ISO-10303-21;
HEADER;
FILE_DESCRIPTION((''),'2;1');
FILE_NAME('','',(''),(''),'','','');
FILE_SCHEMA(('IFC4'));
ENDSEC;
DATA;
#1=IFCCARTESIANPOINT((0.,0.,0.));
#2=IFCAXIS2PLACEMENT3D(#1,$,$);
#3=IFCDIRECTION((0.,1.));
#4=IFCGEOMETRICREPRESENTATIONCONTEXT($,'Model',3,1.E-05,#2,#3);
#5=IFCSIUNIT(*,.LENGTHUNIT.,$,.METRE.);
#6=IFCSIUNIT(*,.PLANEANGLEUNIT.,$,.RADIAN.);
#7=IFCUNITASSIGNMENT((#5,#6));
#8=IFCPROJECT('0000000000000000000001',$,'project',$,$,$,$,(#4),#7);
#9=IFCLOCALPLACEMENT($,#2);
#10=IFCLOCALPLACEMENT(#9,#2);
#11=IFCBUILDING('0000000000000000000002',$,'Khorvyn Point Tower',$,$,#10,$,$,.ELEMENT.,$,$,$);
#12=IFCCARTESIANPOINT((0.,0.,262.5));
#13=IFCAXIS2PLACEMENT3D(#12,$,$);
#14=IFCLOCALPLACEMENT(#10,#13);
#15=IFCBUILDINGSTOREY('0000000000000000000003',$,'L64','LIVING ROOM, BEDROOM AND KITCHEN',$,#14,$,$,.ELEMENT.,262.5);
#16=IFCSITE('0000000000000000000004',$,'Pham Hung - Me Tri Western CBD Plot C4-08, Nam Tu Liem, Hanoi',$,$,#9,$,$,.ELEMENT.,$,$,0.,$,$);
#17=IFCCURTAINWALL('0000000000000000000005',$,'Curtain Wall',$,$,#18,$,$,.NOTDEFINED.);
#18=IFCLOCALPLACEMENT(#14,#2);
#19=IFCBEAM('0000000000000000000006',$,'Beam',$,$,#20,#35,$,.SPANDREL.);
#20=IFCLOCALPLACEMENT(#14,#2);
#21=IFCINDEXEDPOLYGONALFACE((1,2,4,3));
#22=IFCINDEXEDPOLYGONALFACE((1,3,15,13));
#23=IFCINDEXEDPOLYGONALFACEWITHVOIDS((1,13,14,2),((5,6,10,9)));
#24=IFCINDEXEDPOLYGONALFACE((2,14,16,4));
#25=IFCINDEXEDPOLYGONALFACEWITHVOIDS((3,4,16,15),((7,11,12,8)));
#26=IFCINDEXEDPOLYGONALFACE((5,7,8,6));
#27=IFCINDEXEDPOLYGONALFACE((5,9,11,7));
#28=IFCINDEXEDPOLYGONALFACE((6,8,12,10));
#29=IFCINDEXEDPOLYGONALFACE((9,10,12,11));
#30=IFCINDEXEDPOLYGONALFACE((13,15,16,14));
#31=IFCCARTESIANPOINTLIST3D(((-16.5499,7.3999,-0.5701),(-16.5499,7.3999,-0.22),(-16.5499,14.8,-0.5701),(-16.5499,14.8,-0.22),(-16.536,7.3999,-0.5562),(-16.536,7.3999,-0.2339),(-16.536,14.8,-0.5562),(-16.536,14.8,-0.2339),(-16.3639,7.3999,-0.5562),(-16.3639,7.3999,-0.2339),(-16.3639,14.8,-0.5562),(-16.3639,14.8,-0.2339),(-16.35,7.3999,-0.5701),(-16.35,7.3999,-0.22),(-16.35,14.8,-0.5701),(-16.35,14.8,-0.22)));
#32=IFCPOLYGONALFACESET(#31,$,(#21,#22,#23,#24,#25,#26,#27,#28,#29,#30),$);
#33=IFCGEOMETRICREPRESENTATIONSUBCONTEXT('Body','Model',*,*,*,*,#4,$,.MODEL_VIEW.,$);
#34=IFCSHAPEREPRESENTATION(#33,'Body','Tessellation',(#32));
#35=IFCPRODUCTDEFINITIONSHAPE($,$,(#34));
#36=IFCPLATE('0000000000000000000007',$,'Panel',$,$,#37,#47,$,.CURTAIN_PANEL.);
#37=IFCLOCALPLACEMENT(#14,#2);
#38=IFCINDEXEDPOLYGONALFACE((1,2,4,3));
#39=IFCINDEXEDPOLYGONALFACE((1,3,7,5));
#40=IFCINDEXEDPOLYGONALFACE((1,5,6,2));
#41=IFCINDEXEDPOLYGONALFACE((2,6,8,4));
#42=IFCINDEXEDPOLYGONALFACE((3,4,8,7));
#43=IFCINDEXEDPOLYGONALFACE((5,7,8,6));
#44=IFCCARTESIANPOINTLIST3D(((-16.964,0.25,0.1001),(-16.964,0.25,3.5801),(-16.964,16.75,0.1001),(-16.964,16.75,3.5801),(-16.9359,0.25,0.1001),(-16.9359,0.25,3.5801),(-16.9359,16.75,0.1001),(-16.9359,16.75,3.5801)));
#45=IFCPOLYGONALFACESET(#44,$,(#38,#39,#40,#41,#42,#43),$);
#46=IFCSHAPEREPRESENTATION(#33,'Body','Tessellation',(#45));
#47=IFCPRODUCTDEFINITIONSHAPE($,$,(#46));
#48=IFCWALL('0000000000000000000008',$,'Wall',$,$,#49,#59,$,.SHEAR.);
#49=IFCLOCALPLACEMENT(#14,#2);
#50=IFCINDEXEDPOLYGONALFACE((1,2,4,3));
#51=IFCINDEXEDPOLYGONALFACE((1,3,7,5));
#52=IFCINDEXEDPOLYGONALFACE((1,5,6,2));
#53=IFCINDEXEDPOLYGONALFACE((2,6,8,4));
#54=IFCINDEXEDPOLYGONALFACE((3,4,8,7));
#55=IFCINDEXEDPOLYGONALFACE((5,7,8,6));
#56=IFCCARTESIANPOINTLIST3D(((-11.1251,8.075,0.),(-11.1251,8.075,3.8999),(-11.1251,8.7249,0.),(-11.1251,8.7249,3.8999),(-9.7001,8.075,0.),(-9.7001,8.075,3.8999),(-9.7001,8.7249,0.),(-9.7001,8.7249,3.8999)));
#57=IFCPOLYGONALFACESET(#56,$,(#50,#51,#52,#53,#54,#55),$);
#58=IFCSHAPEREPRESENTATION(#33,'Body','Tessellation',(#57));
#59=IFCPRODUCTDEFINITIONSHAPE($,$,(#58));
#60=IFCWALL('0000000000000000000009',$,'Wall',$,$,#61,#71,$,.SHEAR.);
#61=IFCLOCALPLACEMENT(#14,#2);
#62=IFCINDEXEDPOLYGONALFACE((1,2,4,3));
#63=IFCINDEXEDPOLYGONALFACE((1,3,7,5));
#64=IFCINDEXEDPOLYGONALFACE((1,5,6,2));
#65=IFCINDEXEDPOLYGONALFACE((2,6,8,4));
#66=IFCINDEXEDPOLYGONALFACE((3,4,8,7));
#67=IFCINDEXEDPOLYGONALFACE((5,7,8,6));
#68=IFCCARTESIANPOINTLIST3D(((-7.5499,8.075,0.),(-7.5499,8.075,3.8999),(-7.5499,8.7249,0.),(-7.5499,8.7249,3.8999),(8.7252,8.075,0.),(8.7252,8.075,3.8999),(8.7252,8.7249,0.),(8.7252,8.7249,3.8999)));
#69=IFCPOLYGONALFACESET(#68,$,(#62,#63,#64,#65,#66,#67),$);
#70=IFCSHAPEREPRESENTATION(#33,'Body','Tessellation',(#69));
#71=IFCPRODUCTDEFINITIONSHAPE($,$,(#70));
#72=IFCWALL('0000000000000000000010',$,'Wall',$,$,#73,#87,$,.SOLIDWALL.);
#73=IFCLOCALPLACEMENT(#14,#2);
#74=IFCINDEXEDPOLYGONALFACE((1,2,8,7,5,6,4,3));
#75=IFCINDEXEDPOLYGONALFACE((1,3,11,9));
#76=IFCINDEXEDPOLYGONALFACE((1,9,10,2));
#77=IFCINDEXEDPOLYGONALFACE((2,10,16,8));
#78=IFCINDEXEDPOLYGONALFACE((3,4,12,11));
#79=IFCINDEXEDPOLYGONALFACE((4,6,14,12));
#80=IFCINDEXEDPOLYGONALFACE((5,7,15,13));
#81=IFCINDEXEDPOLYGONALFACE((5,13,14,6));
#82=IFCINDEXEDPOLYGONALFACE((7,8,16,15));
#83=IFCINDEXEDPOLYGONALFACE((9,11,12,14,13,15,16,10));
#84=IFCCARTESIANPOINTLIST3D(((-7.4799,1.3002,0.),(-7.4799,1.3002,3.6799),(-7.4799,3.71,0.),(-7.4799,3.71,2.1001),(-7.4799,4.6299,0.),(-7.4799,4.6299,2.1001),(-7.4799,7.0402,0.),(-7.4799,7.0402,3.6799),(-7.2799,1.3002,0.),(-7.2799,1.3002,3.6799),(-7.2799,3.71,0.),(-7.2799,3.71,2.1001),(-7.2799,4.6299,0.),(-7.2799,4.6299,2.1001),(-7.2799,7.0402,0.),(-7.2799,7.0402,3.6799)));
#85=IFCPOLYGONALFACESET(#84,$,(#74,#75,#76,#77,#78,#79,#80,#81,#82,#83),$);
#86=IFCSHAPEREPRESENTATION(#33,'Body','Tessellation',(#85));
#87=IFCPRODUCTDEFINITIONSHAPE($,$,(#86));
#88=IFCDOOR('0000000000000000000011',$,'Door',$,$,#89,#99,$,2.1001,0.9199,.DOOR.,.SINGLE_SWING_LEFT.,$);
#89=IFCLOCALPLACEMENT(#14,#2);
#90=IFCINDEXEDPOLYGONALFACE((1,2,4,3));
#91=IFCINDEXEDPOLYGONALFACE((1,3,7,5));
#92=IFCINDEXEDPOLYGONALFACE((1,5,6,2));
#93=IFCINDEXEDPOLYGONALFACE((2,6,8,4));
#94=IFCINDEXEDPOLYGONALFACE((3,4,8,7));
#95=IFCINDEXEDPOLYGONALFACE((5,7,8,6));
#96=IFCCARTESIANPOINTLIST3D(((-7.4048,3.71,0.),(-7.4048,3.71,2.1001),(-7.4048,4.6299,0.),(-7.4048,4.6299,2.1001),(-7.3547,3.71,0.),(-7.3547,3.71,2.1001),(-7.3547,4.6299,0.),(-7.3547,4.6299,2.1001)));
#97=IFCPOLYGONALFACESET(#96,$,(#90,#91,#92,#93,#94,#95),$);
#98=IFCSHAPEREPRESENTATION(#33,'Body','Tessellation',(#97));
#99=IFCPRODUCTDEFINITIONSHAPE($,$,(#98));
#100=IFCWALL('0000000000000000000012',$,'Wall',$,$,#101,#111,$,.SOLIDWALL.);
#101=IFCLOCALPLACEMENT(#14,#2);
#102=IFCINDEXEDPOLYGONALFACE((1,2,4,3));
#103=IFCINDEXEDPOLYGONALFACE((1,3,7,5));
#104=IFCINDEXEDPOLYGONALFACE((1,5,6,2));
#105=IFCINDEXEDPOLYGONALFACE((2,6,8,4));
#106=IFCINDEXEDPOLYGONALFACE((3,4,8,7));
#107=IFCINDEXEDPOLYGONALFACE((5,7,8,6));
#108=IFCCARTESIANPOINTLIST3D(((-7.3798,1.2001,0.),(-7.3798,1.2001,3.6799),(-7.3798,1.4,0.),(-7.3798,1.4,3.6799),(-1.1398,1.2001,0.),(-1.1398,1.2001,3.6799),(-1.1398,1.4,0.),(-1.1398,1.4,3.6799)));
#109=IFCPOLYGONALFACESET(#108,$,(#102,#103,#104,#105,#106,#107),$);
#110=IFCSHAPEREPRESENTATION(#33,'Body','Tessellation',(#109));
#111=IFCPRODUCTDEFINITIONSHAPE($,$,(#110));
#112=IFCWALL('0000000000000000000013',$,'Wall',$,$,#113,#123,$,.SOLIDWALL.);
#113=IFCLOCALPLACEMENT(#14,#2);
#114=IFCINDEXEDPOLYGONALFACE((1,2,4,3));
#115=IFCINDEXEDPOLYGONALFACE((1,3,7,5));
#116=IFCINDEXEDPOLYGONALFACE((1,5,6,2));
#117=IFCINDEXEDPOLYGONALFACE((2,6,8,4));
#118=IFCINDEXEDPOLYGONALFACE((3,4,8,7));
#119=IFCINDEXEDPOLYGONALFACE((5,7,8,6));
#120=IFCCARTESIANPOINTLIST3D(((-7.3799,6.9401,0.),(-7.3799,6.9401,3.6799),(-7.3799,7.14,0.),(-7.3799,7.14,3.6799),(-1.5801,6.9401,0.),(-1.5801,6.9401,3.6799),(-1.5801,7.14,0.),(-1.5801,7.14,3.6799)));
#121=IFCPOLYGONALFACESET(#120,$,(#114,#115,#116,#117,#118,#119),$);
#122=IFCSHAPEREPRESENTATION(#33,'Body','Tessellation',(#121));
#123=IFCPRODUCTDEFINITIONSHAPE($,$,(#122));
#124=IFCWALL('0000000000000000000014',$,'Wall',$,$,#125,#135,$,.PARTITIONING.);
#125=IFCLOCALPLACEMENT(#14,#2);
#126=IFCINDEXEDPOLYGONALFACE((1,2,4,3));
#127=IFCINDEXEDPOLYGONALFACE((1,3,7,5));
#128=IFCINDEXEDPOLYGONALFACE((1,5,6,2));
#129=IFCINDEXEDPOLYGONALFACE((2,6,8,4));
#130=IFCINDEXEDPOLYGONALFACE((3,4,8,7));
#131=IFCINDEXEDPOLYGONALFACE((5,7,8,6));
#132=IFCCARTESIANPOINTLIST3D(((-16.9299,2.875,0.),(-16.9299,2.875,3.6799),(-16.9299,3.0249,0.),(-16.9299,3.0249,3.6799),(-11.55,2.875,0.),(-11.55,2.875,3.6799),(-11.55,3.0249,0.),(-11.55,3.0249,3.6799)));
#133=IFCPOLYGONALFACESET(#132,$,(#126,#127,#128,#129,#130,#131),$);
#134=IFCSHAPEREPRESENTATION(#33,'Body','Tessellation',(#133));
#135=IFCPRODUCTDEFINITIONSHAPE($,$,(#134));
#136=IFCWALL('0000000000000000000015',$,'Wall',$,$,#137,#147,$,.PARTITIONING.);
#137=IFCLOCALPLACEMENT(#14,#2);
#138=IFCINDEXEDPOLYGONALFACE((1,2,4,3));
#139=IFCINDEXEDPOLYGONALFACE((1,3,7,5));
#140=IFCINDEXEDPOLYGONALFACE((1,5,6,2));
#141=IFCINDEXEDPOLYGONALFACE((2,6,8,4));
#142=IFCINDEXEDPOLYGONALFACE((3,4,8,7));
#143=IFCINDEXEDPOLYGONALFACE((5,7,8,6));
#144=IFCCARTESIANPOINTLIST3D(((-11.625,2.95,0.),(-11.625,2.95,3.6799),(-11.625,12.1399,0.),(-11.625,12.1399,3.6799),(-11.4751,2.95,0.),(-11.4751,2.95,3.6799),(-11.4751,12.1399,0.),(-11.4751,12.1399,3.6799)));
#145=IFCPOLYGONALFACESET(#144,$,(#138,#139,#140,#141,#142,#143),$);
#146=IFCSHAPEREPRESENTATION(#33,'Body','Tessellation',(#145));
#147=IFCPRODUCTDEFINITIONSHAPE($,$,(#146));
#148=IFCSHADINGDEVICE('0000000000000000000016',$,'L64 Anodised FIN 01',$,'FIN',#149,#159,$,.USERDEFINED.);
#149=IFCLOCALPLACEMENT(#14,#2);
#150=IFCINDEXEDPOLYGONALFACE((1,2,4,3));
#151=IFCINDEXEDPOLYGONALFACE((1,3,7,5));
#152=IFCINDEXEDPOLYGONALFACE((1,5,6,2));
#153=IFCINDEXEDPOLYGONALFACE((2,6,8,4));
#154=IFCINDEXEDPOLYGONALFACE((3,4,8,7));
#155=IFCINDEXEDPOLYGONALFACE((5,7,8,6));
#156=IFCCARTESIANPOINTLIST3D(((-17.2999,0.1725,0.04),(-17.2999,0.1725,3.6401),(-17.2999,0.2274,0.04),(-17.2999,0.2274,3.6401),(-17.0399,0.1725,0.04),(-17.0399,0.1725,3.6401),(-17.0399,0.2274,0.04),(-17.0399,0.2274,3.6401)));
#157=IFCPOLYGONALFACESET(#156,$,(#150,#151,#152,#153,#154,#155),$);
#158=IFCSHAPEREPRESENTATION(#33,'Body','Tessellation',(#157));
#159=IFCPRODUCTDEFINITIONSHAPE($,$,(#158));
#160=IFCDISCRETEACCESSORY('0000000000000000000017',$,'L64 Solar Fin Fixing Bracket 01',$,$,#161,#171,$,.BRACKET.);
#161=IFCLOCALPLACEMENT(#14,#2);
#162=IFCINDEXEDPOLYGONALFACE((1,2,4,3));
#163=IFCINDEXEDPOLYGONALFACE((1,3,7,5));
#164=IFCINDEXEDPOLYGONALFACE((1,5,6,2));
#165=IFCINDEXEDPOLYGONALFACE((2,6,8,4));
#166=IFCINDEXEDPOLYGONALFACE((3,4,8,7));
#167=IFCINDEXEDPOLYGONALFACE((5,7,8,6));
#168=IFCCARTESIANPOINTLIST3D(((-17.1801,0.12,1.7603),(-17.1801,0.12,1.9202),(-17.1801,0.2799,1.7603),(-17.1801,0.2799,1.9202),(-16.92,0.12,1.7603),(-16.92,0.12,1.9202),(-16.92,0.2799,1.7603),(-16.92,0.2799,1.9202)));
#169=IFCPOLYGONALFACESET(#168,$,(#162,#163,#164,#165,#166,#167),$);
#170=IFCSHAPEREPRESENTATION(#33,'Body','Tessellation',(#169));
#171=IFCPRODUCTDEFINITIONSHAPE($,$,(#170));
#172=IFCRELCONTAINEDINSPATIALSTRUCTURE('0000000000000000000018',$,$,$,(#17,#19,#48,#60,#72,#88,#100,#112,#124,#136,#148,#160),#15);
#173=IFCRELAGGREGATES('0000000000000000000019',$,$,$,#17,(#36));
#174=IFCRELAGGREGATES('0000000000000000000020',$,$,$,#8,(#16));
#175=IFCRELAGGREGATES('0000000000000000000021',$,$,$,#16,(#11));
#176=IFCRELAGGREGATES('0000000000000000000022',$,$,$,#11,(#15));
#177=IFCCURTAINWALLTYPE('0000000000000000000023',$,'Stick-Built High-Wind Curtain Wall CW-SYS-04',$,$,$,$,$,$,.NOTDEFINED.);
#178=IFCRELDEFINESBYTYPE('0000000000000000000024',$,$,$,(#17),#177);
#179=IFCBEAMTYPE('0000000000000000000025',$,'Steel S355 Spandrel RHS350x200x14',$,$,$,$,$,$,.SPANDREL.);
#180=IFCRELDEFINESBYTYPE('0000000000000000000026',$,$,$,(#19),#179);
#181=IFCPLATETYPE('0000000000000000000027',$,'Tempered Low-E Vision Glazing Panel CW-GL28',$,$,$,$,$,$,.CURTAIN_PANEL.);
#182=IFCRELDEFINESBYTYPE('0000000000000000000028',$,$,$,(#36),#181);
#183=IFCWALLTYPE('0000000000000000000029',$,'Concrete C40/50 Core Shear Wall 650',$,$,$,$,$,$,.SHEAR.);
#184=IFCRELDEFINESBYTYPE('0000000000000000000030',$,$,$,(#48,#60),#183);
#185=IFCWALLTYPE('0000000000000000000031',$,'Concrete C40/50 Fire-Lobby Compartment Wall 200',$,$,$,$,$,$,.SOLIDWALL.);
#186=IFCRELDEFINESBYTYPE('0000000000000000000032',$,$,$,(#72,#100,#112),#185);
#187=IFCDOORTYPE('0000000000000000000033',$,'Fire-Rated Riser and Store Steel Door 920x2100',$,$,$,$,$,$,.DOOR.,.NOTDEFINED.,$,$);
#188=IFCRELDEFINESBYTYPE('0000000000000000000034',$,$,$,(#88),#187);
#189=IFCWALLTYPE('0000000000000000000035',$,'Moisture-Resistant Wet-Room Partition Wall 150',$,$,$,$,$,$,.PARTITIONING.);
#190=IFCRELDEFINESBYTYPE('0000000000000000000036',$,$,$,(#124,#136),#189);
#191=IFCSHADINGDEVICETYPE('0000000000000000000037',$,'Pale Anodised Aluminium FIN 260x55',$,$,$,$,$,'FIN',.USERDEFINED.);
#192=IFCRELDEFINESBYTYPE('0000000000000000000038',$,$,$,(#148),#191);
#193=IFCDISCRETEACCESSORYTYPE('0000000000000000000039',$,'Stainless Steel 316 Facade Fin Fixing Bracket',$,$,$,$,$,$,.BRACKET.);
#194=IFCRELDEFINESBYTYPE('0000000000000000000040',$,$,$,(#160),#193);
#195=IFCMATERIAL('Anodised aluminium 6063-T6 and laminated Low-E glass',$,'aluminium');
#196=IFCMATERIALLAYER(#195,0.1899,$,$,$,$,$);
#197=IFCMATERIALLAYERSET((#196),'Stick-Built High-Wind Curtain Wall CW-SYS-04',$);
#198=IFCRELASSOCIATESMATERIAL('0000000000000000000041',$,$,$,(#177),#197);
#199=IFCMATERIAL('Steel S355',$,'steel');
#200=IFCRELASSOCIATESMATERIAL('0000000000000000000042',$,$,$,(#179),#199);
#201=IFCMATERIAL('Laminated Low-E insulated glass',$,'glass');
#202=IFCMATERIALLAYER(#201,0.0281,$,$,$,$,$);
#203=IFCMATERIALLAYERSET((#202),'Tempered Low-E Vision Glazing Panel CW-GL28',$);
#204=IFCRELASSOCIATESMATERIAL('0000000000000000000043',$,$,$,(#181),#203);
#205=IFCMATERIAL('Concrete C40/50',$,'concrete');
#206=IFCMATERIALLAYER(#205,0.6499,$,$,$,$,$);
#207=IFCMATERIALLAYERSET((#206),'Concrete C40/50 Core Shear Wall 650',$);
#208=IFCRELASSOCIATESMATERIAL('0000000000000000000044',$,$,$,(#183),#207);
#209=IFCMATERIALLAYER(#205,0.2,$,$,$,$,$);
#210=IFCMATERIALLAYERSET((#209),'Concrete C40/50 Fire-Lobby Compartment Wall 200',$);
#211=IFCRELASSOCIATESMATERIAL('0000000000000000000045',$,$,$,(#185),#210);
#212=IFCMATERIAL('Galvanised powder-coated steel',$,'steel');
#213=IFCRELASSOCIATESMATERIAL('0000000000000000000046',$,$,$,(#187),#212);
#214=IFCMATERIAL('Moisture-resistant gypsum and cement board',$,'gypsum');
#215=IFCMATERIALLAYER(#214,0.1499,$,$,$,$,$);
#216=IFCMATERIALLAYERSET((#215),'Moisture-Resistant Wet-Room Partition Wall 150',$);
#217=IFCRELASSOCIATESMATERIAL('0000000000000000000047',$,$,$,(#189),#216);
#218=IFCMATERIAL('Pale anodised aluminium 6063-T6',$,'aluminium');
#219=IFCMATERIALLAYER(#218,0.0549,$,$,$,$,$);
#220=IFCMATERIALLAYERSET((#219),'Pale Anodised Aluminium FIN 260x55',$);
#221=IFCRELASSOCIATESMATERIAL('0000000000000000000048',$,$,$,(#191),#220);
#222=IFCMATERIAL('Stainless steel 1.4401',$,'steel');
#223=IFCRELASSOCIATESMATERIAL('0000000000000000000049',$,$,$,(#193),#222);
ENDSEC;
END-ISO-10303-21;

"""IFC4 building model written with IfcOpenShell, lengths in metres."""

from ifc_helpers import new_model, si_unit, direction, frame, frame_2d, origin, origin_2d, place, context, subcontext, project, spatial, rectangle, hollow_rectangle, extrude, material, layer, layer_set, material_profile, profile_set, type_object, element, fill, aggregate, save


model = new_model("IFC4")

# Units and contexts
model_context = context("Model", 3, precision=1e-05, world=origin(), true_north=direction((0.0, 1.0)))
body_context = subcontext(model_context, "Body", "Model", "MODEL_VIEW")
ifc_project = project(units=[si_unit("LENGTHUNIT", "METRE"), si_unit("PLANEANGLEUNIT", "RADIAN")], contexts=[model_context])

# Site, building, storey
site_placement = place(None, origin())
site = spatial("IfcSite", under=ifc_project, at=site_placement, Name="Pham Hung - Me Tri Western CBD Plot C4-08, Nam Tu Liem, Hanoi", CompositionType="ELEMENT", RefElevation=0.0)
building_placement = place(site_placement, origin())
building = spatial("IfcBuilding", under=site, at=building_placement, Name="Khorvyn Point Tower", CompositionType="ELEMENT")
storey_placement = place(building_placement, frame((0.0, 0.0, 262.5)))
storey = spatial("IfcBuildingStorey", under=building, at=storey_placement, Name="L64", Description="LIVING ROOM, BEDROOM AND KITCHEN", CompositionType="ELEMENT", Elevation=262.5)

# Shared definitions
ifc_material_1 = material(Name="Concrete C40/50", Category="concrete")
ifc_material_2 = material(Name="Steel S355", Category="steel")

# Curtain wall
ifc_material_3 = material(Name="Anodised aluminium 6063-T6 and laminated Low-E glass", Category="aluminium")
ifc_layer_1 = layer(ifc_material_3, 0.1899)
ifc_layer_set_1 = layer_set([ifc_layer_1], Name="Stick-Built High-Wind Curtain Wall CW-SYS-04")
curtain_wall_type = type_object("IfcCurtainWallType", Name="Stick-Built High-Wind Curtain Wall CW-SYS-04", PredefinedType="NOTDEFINED", material=ifc_layer_set_1)
curtain_wall_placement = place(storey_placement, origin())
curtain_wall = element("IfcCurtainWall", 1, at=curtain_wall_placement, inside=storey, type_object=curtain_wall_type, Name="Curtain Wall", PredefinedType="NOTDEFINED")

# Beam
ifc_material_profile_1 = material_profile(ifc_material_2, hollow_rectangle(XDim=0.2, YDim=0.3501, WallThickness=0.0139, at=origin_2d()))
ifc_profile_set_1 = profile_set([ifc_material_profile_1], Name="Steel S355 RHS350x200x14")
beam_type_1 = type_object("IfcBeamType", Name="Steel S355 Spandrel RHS350x200x14", PredefinedType="SPANDREL", material=ifc_profile_set_1)
beam_1_placement = place(storey_placement, frame((-16.45, 7.3999, -0.395), z_axis=(0.0, 1.0, 0.0), x_axis=(-1.0, 0.0, 0.0)))
element("IfcBeam", 2, at=beam_1_placement, inside=storey, type_object=beam_type_1, Name="Beam", PredefinedType="SPANDREL", context=body_context, shape_type="SweptSolid", body=[
    extrude(hollow_rectangle(XDim=0.2, YDim=0.3501, WallThickness=0.0139, at=origin_2d()), origin(), (0.0, 0.0, 1.0), 7.4001),
])

# Plate
ifc_material_4 = material(Name="Laminated Low-E insulated glass", Category="glass")
ifc_layer_2 = layer(ifc_material_4, 0.0281)
ifc_layer_set_2 = layer_set([ifc_layer_2], Name="Tempered Low-E Vision Glazing Panel CW-GL28")
plate_type = type_object("IfcPlateType", Name="Tempered Low-E Vision Glazing Panel CW-GL28", PredefinedType="CURTAIN_PANEL", material=ifc_layer_set_2)
plate_placement = place(storey_placement, frame((-16.95, 8.5, 0.1001), z_axis=(0.0, 0.0, 1.0), x_axis=(0.0, 1.0, 0.0)))
plate = element("IfcPlate", 3, at=plate_placement, type_object=plate_type, Name="Panel", PredefinedType="CURTAIN_PANEL", context=body_context, shape_type="SweptSolid", body=[
    extrude(rectangle(XDim=16.5, YDim=0.0281, at=origin_2d()), origin(), (0.0, 0.0, 1.0), 3.48),
])
aggregate(curtain_wall, [plate])

# Walls
ifc_layer_3 = layer(ifc_material_1, 0.6499)
ifc_layer_set_3 = layer_set([ifc_layer_3], Name="Concrete C40/50 Core Shear Wall 650")
wall_type_1 = type_object("IfcWallType", Name="Concrete C40/50 Core Shear Wall 650", PredefinedType="SHEAR", material=ifc_layer_set_3)
wall_1_placement = place(storey_placement, frame((-11.125, 8.3999, 0.0), z_axis=(0.0, 0.0, 1.0), x_axis=(1.0, 0.0, 0.0)))
element("IfcWall", 4, at=wall_1_placement, inside=storey, type_object=wall_type_1, Name="Wall", PredefinedType="SHEAR", context=body_context, shape_type="SweptSolid", body=[
    extrude(rectangle(XDim=1.425, YDim=0.6499, at=frame_2d((0.7124, 0.0))), origin(), (0.0, 0.0, 1.0), 3.8999),
])
wall_2_placement = place(storey_placement, frame((-7.55, 8.3999, 0.0), z_axis=(0.0, 0.0, 1.0), x_axis=(1.0, 0.0, 0.0)))
element("IfcWall", 5, at=wall_2_placement, inside=storey, type_object=wall_type_1, Name="Wall", PredefinedType="SHEAR", context=body_context, shape_type="SweptSolid", body=[
    extrude(rectangle(XDim=16.2751, YDim=0.6499, at=frame_2d((8.1377, 0.0))), origin(), (0.0, 0.0, 1.0), 3.8999),
])

# Wall, opening, door
ifc_layer_4 = layer(ifc_material_1, 0.2)
ifc_layer_set_4 = layer_set([ifc_layer_4], Name="Concrete C40/50 Fire-Lobby Compartment Wall 200")
wall_type_2 = type_object("IfcWallType", Name="Concrete C40/50 Fire-Lobby Compartment Wall 200", PredefinedType="SOLIDWALL", material=ifc_layer_set_4)
ifc_material_5 = material(Name="Galvanised powder-coated steel", Category="steel")
wall_3_placement = place(storey_placement, frame((-7.3799, 1.3, 0.0), z_axis=(0.0, 0.0, 1.0), x_axis=(0.0, 1.0, 0.0)))
wall_3 = element("IfcWall", 6, at=wall_3_placement, inside=storey, type_object=wall_type_2, Name="Wall", PredefinedType="SOLIDWALL", context=body_context, shape_type="SweptSolid", body=[
    extrude(rectangle(XDim=5.74, YDim=0.2, at=frame_2d((2.8701, 0.0))), origin(), (0.0, 0.0, 1.0), 3.6799),
])
opening_1_placement = place(wall_3_placement, frame((2.4099, 0.0, 0.0)))
opening_1 = element("IfcOpeningElement", 7, at=opening_1_placement, cuts=wall_3, PredefinedType="OPENING", context=body_context, shape_type="SweptSolid", body=[
    extrude(rectangle(XDim=0.9199, YDim=2.1001, at=frame_2d((0.46, 1.05))), frame((0.0, 0.1099, 0.0), z_axis=(0.0, -1.0, 0.0), x_axis=(1.0, 0.0, 0.0)), (0.0, 0.0, 1.0), 0.22),
])
door_type_1 = type_object("IfcDoorType", Name="Fire-Rated Riser and Store Steel Door 920x2100", OperationType="NOTDEFINED", PredefinedType="DOOR", material=ifc_material_5)
door_1_placement = place(opening_1_placement, origin())
door_1 = element("IfcDoor", 8, at=door_1_placement, inside=storey, type_object=door_type_1, Name="Door", OperationType="SINGLE_SWING_LEFT", OverallHeight=2.1001, OverallWidth=0.9199, PredefinedType="DOOR", context=body_context, shape_type="SweptSolid", body=[
    extrude(rectangle(XDim=0.9199, YDim=2.1001, at=frame_2d((0.46, 1.05))), frame((0.0, 0.0249, 0.0), z_axis=(0.0, -1.0, 0.0), x_axis=(1.0, 0.0, 0.0)), (0.0, 0.0, 1.0), 0.05),
])
fill(opening_1, door_1)

# Walls
wall_4_placement = place(storey_placement, frame((-7.3799, 1.3, 0.0), z_axis=(0.0, 0.0, 1.0), x_axis=(1.0, 0.0, 0.0)))
element("IfcWall", 9, at=wall_4_placement, inside=storey, type_object=wall_type_2, Name="Wall", PredefinedType="SOLIDWALL", context=body_context, shape_type="SweptSolid", body=[
    extrude(rectangle(XDim=6.24, YDim=0.2, at=frame_2d((3.1201, 0.0))), origin(), (0.0, 0.0, 1.0), 3.6799),
])
wall_5_placement = place(storey_placement, frame((-7.3799, 7.04, 0.0), z_axis=(0.0, 0.0, 1.0), x_axis=(1.0, 0.0, 0.0)))
element("IfcWall", 10, at=wall_5_placement, inside=storey, type_object=wall_type_2, Name="Wall", PredefinedType="SOLIDWALL", context=body_context, shape_type="SweptSolid", body=[
    extrude(rectangle(XDim=5.7998, YDim=0.2, at=frame_2d((2.8999, 0.0))), origin(), (0.0, 0.0, 1.0), 3.6799),
])
ifc_material_6 = material(Name="Moisture-resistant gypsum and cement board", Category="gypsum")
ifc_layer_5 = layer(ifc_material_6, 0.1499)
ifc_layer_set_5 = layer_set([ifc_layer_5], Name="Moisture-Resistant Wet-Room Partition Wall 150")
wall_type_3 = type_object("IfcWallType", Name="Moisture-Resistant Wet-Room Partition Wall 150", PredefinedType="PARTITIONING", material=ifc_layer_set_5)
wall_6_placement = place(storey_placement, frame((-16.9299, 2.95, 0.0), z_axis=(0.0, 0.0, 1.0), x_axis=(1.0, 0.0, 0.0)))
element("IfcWall", 11, at=wall_6_placement, inside=storey, type_object=wall_type_3, Name="Wall", PredefinedType="PARTITIONING", context=body_context, shape_type="SweptSolid", body=[
    extrude(rectangle(XDim=5.3799, YDim=0.1499, at=frame_2d((2.6899, 0.0))), origin(), (0.0, 0.0, 1.0), 3.6799),
])
wall_7_placement = place(storey_placement, frame((-11.55, 2.95, 0.0), z_axis=(0.0, 0.0, 1.0), x_axis=(0.0, 1.0, 0.0)))
element("IfcWall", 12, at=wall_7_placement, inside=storey, type_object=wall_type_3, Name="Wall", PredefinedType="PARTITIONING", context=body_context, shape_type="SweptSolid", body=[
    extrude(rectangle(XDim=9.1899, YDim=0.1499, at=frame_2d((4.595, 0.0))), origin(), (0.0, 0.0, 1.0), 3.6799),
])

# Shading device
ifc_material_7 = material(Name="Pale anodised aluminium 6063-T6", Category="aluminium")
ifc_layer_6 = layer(ifc_material_7, 0.0549)
ifc_layer_set_6 = layer_set([ifc_layer_6], Name="Pale Anodised Aluminium FIN 260x55")
shading_device_type = type_object("IfcShadingDeviceType", Name="Pale Anodised Aluminium FIN 260x55", ElementType="FIN", PredefinedType="USERDEFINED", material=ifc_layer_set_6)
shading_device_placement = place(storey_placement, frame((-17.1699, 0.2, 0.04), z_axis=(0.0, 0.0, 1.0), x_axis=(-1.0, 0.0, 0.0)))
element("IfcShadingDevice", 13, at=shading_device_placement, inside=storey, type_object=shading_device_type, Name="L64 Anodised FIN 01", ObjectType="FIN", PredefinedType="USERDEFINED", context=body_context, shape_type="SweptSolid", body=[
    extrude(rectangle(XDim=0.26, YDim=0.0549, at=origin_2d()), origin(), (0.0, 0.0, 1.0), 3.6001),
])

# Discrete accessory
ifc_material_8 = material(Name="Stainless steel 1.4401", Category="steel")
discrete_accessory_type = type_object("IfcDiscreteAccessoryType", Name="Stainless Steel 316 Facade Fin Fixing Bracket", PredefinedType="BRACKET", material=ifc_material_8)
discrete_accessory_placement = place(storey_placement, frame((-17.05, 0.2, 1.7603), z_axis=(0.0, 0.0, 1.0), x_axis=(0.0, 1.0, 0.0)))
element("IfcDiscreteAccessory", 14, at=discrete_accessory_placement, inside=storey, type_object=discrete_accessory_type, Name="L64 Solar Fin Fixing Bracket 01", PredefinedType="BRACKET", context=body_context, shape_type="SweptSolid", body=[
    extrude(rectangle(XDim=0.1599, YDim=0.26, at=origin_2d()), origin(), (0.0, 0.0, 1.0), 0.1599),
])

save(model, "model.ifc")
